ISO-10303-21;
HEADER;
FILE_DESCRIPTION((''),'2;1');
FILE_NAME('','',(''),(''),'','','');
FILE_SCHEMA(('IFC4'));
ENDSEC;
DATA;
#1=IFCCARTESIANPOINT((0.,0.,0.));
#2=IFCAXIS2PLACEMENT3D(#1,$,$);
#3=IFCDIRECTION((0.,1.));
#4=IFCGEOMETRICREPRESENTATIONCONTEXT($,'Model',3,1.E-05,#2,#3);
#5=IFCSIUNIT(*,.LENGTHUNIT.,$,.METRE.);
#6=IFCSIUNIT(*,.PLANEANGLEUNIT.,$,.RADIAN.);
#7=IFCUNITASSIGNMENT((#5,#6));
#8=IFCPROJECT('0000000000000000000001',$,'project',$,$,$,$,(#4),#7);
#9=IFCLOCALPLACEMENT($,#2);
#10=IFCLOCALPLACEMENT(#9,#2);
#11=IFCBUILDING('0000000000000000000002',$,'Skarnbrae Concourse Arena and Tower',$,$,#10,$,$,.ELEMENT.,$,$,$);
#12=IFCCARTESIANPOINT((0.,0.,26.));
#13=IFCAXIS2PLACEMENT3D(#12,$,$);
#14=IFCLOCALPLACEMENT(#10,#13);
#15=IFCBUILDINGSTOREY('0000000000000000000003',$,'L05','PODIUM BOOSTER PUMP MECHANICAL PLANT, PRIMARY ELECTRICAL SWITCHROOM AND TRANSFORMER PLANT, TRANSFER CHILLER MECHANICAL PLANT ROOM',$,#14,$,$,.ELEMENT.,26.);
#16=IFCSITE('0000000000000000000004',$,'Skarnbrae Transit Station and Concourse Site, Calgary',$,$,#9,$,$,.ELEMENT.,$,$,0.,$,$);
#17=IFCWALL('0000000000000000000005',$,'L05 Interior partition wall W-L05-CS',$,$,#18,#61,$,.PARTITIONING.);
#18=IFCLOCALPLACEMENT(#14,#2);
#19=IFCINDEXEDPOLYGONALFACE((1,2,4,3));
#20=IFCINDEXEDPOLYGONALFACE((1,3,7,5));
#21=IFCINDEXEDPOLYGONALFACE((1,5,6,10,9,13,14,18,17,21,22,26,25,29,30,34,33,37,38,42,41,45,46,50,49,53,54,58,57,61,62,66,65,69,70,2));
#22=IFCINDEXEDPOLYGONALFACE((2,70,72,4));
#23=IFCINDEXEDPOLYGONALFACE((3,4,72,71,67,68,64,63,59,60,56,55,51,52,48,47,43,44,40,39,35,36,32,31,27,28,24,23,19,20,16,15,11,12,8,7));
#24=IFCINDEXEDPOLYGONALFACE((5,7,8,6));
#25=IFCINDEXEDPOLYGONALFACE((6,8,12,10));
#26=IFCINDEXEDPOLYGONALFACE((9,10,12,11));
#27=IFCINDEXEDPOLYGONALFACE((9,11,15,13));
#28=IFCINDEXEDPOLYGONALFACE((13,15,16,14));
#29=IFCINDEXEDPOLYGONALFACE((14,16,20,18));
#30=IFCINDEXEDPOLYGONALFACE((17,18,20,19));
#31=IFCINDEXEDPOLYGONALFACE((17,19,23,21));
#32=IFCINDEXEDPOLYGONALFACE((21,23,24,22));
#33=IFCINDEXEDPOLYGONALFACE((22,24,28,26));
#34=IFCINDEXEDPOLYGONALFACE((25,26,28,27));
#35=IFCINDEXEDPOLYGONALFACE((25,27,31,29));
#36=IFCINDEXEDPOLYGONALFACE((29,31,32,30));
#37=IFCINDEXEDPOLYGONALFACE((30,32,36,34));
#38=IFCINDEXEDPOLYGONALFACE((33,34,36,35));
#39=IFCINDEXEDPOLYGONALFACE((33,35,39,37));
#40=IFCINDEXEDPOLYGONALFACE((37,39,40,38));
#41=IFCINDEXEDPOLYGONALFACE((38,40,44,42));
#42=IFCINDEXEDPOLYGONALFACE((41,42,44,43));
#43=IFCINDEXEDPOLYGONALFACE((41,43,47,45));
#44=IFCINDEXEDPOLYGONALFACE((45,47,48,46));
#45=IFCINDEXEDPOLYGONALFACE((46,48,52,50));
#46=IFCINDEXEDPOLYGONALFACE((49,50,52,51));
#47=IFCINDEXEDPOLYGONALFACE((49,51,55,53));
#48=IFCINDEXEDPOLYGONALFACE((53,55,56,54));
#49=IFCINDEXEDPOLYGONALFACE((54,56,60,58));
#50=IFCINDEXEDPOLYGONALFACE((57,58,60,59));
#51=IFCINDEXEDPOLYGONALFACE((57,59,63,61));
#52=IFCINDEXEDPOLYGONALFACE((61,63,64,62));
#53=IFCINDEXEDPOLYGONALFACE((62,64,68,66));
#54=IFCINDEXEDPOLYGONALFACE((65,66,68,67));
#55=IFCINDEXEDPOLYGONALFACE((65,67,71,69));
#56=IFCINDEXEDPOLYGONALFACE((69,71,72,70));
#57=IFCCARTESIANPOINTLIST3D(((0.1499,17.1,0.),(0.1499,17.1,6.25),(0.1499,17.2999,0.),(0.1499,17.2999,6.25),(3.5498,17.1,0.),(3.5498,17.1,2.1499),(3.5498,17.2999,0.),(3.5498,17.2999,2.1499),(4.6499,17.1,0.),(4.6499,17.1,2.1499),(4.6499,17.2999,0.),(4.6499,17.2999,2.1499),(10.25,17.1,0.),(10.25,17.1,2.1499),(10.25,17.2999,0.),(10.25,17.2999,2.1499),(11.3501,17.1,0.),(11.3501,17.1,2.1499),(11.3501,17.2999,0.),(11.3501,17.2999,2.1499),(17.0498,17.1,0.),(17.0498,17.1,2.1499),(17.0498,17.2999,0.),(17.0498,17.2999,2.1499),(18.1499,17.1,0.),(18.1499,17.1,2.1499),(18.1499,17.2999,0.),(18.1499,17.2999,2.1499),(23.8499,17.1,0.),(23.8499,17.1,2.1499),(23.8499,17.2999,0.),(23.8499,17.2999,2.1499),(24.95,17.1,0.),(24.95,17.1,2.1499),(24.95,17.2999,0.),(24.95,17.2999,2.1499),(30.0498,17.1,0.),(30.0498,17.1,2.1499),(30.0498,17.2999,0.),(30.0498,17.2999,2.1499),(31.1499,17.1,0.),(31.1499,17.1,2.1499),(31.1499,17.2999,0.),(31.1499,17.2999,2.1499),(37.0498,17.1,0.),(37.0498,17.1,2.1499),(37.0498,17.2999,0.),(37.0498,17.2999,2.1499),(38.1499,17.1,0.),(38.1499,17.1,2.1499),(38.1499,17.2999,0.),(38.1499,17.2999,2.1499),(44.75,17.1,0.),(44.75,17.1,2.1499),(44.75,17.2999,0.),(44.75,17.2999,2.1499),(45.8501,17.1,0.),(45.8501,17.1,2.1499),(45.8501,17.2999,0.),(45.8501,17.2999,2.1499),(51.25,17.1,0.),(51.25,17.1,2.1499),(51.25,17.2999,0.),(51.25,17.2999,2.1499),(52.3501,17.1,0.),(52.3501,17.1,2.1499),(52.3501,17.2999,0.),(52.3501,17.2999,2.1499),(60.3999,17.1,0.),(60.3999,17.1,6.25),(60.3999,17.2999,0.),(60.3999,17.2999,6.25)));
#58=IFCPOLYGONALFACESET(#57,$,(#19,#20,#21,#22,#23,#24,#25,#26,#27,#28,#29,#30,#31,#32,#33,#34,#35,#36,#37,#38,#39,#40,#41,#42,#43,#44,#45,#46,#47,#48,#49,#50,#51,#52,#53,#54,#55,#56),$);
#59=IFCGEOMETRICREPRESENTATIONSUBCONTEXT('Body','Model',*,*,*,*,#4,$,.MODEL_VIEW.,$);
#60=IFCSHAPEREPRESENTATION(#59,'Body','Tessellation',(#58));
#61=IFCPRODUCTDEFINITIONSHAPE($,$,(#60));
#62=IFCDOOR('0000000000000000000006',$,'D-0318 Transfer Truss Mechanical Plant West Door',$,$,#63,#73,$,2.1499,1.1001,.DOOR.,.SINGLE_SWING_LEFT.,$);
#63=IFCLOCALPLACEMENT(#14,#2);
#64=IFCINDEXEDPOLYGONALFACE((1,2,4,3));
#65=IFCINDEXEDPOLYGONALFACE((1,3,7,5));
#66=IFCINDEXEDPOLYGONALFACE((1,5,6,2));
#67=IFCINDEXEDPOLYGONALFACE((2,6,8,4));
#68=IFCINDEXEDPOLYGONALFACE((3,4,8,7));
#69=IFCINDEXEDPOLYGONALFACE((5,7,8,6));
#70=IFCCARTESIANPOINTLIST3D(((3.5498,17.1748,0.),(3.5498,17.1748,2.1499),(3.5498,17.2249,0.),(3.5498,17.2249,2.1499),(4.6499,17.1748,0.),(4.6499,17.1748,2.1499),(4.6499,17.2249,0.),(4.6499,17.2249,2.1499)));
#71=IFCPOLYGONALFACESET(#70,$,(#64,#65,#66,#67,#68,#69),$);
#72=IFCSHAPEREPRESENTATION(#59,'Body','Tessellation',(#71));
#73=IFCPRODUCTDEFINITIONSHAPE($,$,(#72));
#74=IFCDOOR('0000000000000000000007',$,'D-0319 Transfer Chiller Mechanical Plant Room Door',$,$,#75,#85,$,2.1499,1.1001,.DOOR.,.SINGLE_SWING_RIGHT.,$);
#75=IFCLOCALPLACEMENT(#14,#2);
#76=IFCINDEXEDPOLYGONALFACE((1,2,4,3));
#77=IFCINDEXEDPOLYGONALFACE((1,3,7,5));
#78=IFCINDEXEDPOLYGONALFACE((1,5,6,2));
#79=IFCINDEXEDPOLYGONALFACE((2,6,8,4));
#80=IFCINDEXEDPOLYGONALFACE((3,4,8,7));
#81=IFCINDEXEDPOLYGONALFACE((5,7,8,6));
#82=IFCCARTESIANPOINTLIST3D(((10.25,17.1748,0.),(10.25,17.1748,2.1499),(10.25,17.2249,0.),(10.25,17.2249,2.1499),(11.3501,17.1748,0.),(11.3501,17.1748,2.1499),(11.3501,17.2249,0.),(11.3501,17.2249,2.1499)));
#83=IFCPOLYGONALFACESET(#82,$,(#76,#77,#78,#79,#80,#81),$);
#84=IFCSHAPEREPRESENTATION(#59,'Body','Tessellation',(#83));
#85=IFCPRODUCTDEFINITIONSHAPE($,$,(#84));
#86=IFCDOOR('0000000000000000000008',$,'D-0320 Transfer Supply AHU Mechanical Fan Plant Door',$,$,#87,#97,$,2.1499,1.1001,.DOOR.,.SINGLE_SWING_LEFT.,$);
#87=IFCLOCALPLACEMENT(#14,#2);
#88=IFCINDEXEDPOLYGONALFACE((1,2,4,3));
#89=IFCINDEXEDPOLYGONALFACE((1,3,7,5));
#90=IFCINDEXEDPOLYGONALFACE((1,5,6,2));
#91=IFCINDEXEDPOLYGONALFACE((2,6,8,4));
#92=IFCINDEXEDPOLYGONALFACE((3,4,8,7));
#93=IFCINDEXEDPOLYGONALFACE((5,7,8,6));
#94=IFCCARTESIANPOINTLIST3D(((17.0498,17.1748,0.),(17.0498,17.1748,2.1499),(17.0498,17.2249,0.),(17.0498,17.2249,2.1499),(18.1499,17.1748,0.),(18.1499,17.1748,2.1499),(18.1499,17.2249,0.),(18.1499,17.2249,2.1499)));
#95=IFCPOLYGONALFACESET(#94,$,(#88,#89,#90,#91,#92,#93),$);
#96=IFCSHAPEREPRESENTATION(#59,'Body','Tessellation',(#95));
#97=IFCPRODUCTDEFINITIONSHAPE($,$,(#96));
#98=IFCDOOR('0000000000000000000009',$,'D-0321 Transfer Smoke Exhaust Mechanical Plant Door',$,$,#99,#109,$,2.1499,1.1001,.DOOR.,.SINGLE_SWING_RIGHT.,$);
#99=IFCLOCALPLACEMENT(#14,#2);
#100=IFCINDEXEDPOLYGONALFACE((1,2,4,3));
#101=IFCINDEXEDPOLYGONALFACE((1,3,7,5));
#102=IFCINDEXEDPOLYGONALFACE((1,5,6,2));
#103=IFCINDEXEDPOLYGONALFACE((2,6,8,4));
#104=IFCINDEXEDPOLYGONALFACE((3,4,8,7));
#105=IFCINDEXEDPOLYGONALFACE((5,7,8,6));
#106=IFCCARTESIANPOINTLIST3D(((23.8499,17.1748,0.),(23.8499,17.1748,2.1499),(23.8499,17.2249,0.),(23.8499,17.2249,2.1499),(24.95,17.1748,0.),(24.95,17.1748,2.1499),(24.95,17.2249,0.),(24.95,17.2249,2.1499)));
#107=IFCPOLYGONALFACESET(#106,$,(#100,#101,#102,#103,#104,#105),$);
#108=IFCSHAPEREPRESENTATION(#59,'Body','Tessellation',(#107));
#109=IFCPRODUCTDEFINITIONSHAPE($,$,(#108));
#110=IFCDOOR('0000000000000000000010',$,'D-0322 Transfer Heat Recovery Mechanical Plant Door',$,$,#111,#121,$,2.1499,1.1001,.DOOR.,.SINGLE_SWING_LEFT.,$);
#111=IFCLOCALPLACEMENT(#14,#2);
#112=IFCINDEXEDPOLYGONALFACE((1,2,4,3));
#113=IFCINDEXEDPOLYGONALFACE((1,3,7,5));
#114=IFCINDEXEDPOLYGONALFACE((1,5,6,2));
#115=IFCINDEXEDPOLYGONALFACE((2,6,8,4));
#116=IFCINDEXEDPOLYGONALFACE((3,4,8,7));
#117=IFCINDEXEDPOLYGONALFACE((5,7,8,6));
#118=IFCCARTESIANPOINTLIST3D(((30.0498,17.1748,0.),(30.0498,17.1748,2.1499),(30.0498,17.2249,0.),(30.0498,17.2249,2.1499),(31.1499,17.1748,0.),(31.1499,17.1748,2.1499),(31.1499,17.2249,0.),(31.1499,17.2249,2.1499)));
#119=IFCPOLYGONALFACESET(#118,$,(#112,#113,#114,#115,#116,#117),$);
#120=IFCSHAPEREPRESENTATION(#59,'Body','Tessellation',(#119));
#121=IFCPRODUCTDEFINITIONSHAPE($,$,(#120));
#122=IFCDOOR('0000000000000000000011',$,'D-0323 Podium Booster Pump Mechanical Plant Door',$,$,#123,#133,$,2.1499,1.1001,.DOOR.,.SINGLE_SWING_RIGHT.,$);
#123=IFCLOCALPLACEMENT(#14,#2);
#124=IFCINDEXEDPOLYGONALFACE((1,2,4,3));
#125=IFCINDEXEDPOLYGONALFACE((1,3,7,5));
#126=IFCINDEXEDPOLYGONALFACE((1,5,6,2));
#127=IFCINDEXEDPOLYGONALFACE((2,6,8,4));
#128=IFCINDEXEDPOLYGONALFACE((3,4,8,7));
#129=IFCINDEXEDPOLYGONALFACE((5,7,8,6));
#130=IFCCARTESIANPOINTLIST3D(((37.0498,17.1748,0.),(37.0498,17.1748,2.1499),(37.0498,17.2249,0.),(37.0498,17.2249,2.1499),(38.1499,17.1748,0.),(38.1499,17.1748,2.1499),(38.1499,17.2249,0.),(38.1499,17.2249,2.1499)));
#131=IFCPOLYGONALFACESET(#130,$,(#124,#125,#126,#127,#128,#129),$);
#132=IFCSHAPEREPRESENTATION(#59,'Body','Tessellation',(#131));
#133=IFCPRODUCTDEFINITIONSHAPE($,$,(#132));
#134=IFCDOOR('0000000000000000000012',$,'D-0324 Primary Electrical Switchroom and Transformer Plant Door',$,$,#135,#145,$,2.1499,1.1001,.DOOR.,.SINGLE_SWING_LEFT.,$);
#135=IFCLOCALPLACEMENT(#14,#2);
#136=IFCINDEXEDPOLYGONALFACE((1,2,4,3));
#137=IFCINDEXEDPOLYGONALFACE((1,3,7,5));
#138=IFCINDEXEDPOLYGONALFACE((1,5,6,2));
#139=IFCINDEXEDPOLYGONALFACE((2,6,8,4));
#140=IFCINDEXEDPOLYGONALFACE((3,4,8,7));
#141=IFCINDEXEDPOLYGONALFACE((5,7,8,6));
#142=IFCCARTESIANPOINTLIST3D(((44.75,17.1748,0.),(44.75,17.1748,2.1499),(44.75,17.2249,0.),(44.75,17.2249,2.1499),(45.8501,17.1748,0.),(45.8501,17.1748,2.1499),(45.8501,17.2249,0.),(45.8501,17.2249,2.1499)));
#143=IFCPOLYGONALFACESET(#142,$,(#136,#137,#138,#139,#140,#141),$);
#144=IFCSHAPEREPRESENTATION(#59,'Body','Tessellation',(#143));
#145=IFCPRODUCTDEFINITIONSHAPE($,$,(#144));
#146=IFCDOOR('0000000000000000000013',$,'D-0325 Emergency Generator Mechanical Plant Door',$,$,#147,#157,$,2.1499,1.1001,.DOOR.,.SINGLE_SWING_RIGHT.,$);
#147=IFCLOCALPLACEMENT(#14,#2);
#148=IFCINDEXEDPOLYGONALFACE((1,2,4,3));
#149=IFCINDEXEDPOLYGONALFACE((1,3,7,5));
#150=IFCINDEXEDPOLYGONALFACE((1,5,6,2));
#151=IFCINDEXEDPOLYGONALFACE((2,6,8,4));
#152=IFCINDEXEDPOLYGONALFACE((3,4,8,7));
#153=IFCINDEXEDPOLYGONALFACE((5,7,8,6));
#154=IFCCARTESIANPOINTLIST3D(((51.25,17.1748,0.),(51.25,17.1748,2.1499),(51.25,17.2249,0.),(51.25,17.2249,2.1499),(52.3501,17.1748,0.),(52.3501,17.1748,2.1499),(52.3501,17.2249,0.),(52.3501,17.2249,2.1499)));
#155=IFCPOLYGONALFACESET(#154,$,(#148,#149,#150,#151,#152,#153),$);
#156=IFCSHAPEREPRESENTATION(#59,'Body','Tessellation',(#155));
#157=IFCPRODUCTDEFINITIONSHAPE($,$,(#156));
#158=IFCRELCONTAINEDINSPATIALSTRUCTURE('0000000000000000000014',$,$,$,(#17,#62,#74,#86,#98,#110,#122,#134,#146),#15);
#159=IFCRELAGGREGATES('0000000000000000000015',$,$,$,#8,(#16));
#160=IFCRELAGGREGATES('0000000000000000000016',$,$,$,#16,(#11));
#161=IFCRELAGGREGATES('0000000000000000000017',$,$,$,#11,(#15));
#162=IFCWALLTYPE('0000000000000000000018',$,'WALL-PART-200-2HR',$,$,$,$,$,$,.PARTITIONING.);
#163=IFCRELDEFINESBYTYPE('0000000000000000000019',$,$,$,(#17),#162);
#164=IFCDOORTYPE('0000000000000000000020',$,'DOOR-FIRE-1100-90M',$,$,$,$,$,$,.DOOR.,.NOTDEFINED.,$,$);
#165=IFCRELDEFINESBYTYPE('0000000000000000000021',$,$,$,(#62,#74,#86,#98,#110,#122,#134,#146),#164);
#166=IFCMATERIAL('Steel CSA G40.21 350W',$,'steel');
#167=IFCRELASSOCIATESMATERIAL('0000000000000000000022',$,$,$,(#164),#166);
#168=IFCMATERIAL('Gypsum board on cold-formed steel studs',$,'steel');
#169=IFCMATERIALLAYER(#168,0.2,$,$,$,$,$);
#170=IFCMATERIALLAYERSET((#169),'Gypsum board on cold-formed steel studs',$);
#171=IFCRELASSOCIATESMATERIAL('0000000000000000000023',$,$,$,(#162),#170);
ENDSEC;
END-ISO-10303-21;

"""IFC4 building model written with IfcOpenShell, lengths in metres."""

from ifc_helpers import new_model, si_unit, direction, frame, frame_2d, origin, place, context, subcontext, project, spatial, rectangle, extrude, source, transform, mapped, material, layer, layer_set, type_object, element, fill, save


model = new_model("IFC4")

# Units and contexts
model_context = context("Model", 3, precision=1e-05, world=origin(), true_north=direction((0.0, 1.0)))
body_context = subcontext(model_context, "Body", "Model", "MODEL_VIEW")
ifc_project = project(units=[si_unit("LENGTHUNIT", "METRE"), si_unit("PLANEANGLEUNIT", "RADIAN")], contexts=[model_context])

# Site, building, storey
site_placement = place(None, origin())
site = spatial("IfcSite", under=ifc_project, at=site_placement, Name="Skarnbrae Transit Station and Concourse Site, Calgary", CompositionType="ELEMENT", RefElevation=0.0)
building_placement = place(site_placement, origin())
building = spatial("IfcBuilding", under=site, at=building_placement, Name="Skarnbrae Concourse Arena and Tower", CompositionType="ELEMENT")
storey_placement = place(building_placement, frame((0.0, 0.0, 26.0)))
storey = spatial("IfcBuildingStorey", under=building, at=storey_placement, Name="L05", Description="PODIUM BOOSTER PUMP MECHANICAL PLANT, PRIMARY ELECTRICAL SWITCHROOM AND TRANSFORMER PLANT, TRANSFER CHILLER MECHANICAL PLANT ROOM", CompositionType="ELEMENT", Elevation=26.0)

# Shared definitions
ifc_material_1 = material(Name="Steel CSA G40.21 350W", Category="steel")

# Shared definitions
door_type = type_object("IfcDoorType", Name="DOOR-FIRE-1100-90M", OperationType="NOTDEFINED", PredefinedType="DOOR", material=ifc_material_1)
shared_shape_1 = source(origin(), body_context, "Body", "SweptSolid", [
    extrude(rectangle(XDim=1.1001, YDim=2.1499, at=frame_2d((0.55, 1.075))), frame((0.0, 0.0249, 0.0), z_axis=(0.0, -1.0, 0.0), x_axis=(1.0, 0.0, 0.0)), (0.0, 0.0, 1.0), 0.05),
])

# Wall, openings, doors
ifc_material_2 = material(Name="Gypsum board on cold-formed steel studs", Category="steel")
ifc_layer_1 = layer(ifc_material_2, 0.2)
ifc_layer_set_1 = layer_set([ifc_layer_1], Name="Gypsum board on cold-formed steel studs")
wall_type_1 = type_object("IfcWallType", Name="WALL-PART-200-2HR", PredefinedType="PARTITIONING", material=ifc_layer_set_1)
shared_shape_2 = source(origin(), body_context, "Body", "SweptSolid", [
    extrude(rectangle(XDim=60.25, YDim=0.2, at=frame_2d((30.125, 0.0))), origin(), (0.0, 0.0, 1.0), 6.25),
])
wall_1_placement = place(storey_placement, frame((0.1499, 17.2, 0.0), z_axis=(0.0, 0.0, 1.0), x_axis=(1.0, 0.0, 0.0)))
wall_1 = element("IfcWall", 1, at=wall_1_placement, inside=storey, type_object=wall_type_1, Name="L05 Interior partition wall W-L05-CS", PredefinedType="PARTITIONING", context=body_context, shape_type="MappedRepresentation", body=[
    mapped(shared_shape_2, transform((0.0, 0.0, 0.0))),
])
opening_1_placement = place(wall_1_placement, frame((3.3999, 0.0, 0.0)))
opening_1 = element("IfcOpeningElement", 2, at=opening_1_placement, cuts=wall_1, PredefinedType="OPENING", context=body_context, shape_type="SweptSolid", body=[
    extrude(rectangle(XDim=1.1001, YDim=2.1499, at=frame_2d((0.55, 1.075))), frame((0.0, 0.1099, 0.0), z_axis=(0.0, -1.0, 0.0), x_axis=(1.0, 0.0, 0.0)), (0.0, 0.0, 1.0), 0.22),
])
opening_2_placement = place(wall_1_placement, frame((10.1001, 0.0, 0.0)))
opening_2 = element("IfcOpeningElement", 3, at=opening_2_placement, cuts=wall_1, PredefinedType="OPENING", context=body_context, shape_type="SweptSolid", body=[
    extrude(rectangle(XDim=1.1001, YDim=2.1499, at=frame_2d((0.55, 1.075))), frame((0.0, 0.1099, 0.0), z_axis=(0.0, -1.0, 0.0), x_axis=(1.0, 0.0, 0.0)), (0.0, 0.0, 1.0), 0.22),
])
opening_3_placement = place(wall_1_placement, frame((16.8999, 0.0, 0.0)))
opening_3 = element("IfcOpeningElement", 4, at=opening_3_placement, cuts=wall_1, PredefinedType="OPENING", context=body_context, shape_type="SweptSolid", body=[
    extrude(rectangle(XDim=1.1001, YDim=2.1499, at=frame_2d((0.55, 1.075))), frame((0.0, 0.1099, 0.0), z_axis=(0.0, -1.0, 0.0), x_axis=(1.0, 0.0, 0.0)), (0.0, 0.0, 1.0), 0.22),
])
opening_4_placement = place(wall_1_placement, frame((23.7, 0.0, 0.0)))
opening_4 = element("IfcOpeningElement", 5, at=opening_4_placement, cuts=wall_1, PredefinedType="OPENING", context=body_context, shape_type="SweptSolid", body=[
    extrude(rectangle(XDim=1.1001, YDim=2.1499, at=frame_2d((0.55, 1.075))), frame((0.0, 0.1099, 0.0), z_axis=(0.0, -1.0, 0.0), x_axis=(1.0, 0.0, 0.0)), (0.0, 0.0, 1.0), 0.22),
])
opening_5_placement = place(wall_1_placement, frame((29.8999, 0.0, 0.0)))
opening_5 = element("IfcOpeningElement", 6, at=opening_5_placement, cuts=wall_1, PredefinedType="OPENING", context=body_context, shape_type="SweptSolid", body=[
    extrude(rectangle(XDim=1.1001, YDim=2.1499, at=frame_2d((0.55, 1.075))), frame((0.0, 0.1099, 0.0), z_axis=(0.0, -1.0, 0.0), x_axis=(1.0, 0.0, 0.0)), (0.0, 0.0, 1.0), 0.22),
])
opening_6_placement = place(wall_1_placement, frame((36.8999, 0.0, 0.0)))
opening_6 = element("IfcOpeningElement", 7, at=opening_6_placement, cuts=wall_1, PredefinedType="OPENING", context=body_context, shape_type="SweptSolid", body=[
    extrude(rectangle(XDim=1.1001, YDim=2.1499, at=frame_2d((0.55, 1.075))), frame((0.0, 0.1099, 0.0), z_axis=(0.0, -1.0, 0.0), x_axis=(1.0, 0.0, 0.0)), (0.0, 0.0, 1.0), 0.22),
])
opening_7_placement = place(wall_1_placement, frame((44.6001, 0.0, 0.0)))
opening_7 = element("IfcOpeningElement", 8, at=opening_7_placement, cuts=wall_1, PredefinedType="OPENING", context=body_context, shape_type="SweptSolid", body=[
    extrude(rectangle(XDim=1.1001, YDim=2.1499, at=frame_2d((0.55, 1.075))), frame((0.0, 0.1099, 0.0), z_axis=(0.0, -1.0, 0.0), x_axis=(1.0, 0.0, 0.0)), (0.0, 0.0, 1.0), 0.22),
])
opening_8_placement = place(wall_1_placement, frame((51.1001, 0.0, 0.0)))
opening_8 = element("IfcOpeningElement", 9, at=opening_8_placement, cuts=wall_1, PredefinedType="OPENING", context=body_context, shape_type="SweptSolid", body=[
    extrude(rectangle(XDim=1.1001, YDim=2.1499, at=frame_2d((0.55, 1.075))), frame((0.0, 0.1099, 0.0), z_axis=(0.0, -1.0, 0.0), x_axis=(1.0, 0.0, 0.0)), (0.0, 0.0, 1.0), 0.22),
])
door_1_placement = place(opening_1_placement, origin())
door_1 = element("IfcDoor", 10, at=door_1_placement, inside=storey, type_object=door_type, Name="D-0318 Transfer Truss Mechanical Plant West Door", OperationType="SINGLE_SWING_LEFT", OverallHeight=2.1499, OverallWidth=1.1001, PredefinedType="DOOR", context=body_context, shape_type="MappedRepresentation", body=[
    mapped(shared_shape_1, transform((0.0, 0.0, 0.0))),
])
fill(opening_1, door_1)
door_2_placement = place(opening_2_placement, origin())
door_2 = element("IfcDoor", 11, at=door_2_placement, inside=storey, type_object=door_type, Name="D-0319 Transfer Chiller Mechanical Plant Room Door", OperationType="SINGLE_SWING_RIGHT", OverallHeight=2.1499, OverallWidth=1.1001, PredefinedType="DOOR", context=body_context, shape_type="MappedRepresentation", body=[
    mapped(shared_shape_1, transform((0.0, 0.0, 0.0))),
])
fill(opening_2, door_2)
door_3_placement = place(opening_3_placement, origin())
door_3 = element("IfcDoor", 12, at=door_3_placement, inside=storey, type_object=door_type, Name="D-0320 Transfer Supply AHU Mechanical Fan Plant Door", OperationType="SINGLE_SWING_LEFT", OverallHeight=2.1499, OverallWidth=1.1001, PredefinedType="DOOR", context=body_context, shape_type="MappedRepresentation", body=[
    mapped(shared_shape_1, transform((0.0, 0.0, 0.0))),
])
fill(opening_3, door_3)
door_4_placement = place(opening_4_placement, origin())
door_4 = element("IfcDoor", 13, at=door_4_placement, inside=storey, type_object=door_type, Name="D-0321 Transfer Smoke Exhaust Mechanical Plant Door", OperationType="SINGLE_SWING_RIGHT", OverallHeight=2.1499, OverallWidth=1.1001, PredefinedType="DOOR", context=body_context, shape_type="MappedRepresentation", body=[
    mapped(shared_shape_1, transform((0.0, 0.0, 0.0))),
])
fill(opening_4, door_4)
door_5_placement = place(opening_5_placement, origin())
door_5 = element("IfcDoor", 14, at=door_5_placement, inside=storey, type_object=door_type, Name="D-0322 Transfer Heat Recovery Mechanical Plant Door", OperationType="SINGLE_SWING_LEFT", OverallHeight=2.1499, OverallWidth=1.1001, PredefinedType="DOOR", context=body_context, shape_type="MappedRepresentation", body=[
    mapped(shared_shape_1, transform((0.0, 0.0, 0.0))),
])
fill(opening_5, door_5)
door_6_placement = place(opening_6_placement, origin())
door_6 = element("IfcDoor", 15, at=door_6_placement, inside=storey, type_object=door_type, Name="D-0323 Podium Booster Pump Mechanical Plant Door", OperationType="SINGLE_SWING_RIGHT", OverallHeight=2.1499, OverallWidth=1.1001, PredefinedType="DOOR", context=body_context, shape_type="MappedRepresentation", body=[
    mapped(shared_shape_1, transform((0.0, 0.0, 0.0))),
])
fill(opening_6, door_6)
door_7_placement = place(opening_7_placement, origin())
door_7 = element("IfcDoor", 16, at=door_7_placement, inside=storey, type_object=door_type, Name="D-0324 Primary Electrical Switchroom and Transformer Plant Door", OperationType="SINGLE_SWING_LEFT", OverallHeight=2.1499, OverallWidth=1.1001, PredefinedType="DOOR", context=body_context, shape_type="MappedRepresentation", body=[
    mapped(shared_shape_1, transform((0.0, 0.0, 0.0))),
])
fill(opening_7, door_7)
door_8_placement = place(opening_8_placement, origin())
door_8 = element("IfcDoor", 17, at=door_8_placement, inside=storey, type_object=door_type, Name="D-0325 Emergency Generator Mechanical Plant Door", OperationType="SINGLE_SWING_RIGHT", OverallHeight=2.1499, OverallWidth=1.1001, PredefinedType="DOOR", context=body_context, shape_type="MappedRepresentation", body=[
    mapped(shared_shape_1, transform((0.0, 0.0, 0.0))),
])
fill(opening_8, door_8)

save(model, "model.ifc")
